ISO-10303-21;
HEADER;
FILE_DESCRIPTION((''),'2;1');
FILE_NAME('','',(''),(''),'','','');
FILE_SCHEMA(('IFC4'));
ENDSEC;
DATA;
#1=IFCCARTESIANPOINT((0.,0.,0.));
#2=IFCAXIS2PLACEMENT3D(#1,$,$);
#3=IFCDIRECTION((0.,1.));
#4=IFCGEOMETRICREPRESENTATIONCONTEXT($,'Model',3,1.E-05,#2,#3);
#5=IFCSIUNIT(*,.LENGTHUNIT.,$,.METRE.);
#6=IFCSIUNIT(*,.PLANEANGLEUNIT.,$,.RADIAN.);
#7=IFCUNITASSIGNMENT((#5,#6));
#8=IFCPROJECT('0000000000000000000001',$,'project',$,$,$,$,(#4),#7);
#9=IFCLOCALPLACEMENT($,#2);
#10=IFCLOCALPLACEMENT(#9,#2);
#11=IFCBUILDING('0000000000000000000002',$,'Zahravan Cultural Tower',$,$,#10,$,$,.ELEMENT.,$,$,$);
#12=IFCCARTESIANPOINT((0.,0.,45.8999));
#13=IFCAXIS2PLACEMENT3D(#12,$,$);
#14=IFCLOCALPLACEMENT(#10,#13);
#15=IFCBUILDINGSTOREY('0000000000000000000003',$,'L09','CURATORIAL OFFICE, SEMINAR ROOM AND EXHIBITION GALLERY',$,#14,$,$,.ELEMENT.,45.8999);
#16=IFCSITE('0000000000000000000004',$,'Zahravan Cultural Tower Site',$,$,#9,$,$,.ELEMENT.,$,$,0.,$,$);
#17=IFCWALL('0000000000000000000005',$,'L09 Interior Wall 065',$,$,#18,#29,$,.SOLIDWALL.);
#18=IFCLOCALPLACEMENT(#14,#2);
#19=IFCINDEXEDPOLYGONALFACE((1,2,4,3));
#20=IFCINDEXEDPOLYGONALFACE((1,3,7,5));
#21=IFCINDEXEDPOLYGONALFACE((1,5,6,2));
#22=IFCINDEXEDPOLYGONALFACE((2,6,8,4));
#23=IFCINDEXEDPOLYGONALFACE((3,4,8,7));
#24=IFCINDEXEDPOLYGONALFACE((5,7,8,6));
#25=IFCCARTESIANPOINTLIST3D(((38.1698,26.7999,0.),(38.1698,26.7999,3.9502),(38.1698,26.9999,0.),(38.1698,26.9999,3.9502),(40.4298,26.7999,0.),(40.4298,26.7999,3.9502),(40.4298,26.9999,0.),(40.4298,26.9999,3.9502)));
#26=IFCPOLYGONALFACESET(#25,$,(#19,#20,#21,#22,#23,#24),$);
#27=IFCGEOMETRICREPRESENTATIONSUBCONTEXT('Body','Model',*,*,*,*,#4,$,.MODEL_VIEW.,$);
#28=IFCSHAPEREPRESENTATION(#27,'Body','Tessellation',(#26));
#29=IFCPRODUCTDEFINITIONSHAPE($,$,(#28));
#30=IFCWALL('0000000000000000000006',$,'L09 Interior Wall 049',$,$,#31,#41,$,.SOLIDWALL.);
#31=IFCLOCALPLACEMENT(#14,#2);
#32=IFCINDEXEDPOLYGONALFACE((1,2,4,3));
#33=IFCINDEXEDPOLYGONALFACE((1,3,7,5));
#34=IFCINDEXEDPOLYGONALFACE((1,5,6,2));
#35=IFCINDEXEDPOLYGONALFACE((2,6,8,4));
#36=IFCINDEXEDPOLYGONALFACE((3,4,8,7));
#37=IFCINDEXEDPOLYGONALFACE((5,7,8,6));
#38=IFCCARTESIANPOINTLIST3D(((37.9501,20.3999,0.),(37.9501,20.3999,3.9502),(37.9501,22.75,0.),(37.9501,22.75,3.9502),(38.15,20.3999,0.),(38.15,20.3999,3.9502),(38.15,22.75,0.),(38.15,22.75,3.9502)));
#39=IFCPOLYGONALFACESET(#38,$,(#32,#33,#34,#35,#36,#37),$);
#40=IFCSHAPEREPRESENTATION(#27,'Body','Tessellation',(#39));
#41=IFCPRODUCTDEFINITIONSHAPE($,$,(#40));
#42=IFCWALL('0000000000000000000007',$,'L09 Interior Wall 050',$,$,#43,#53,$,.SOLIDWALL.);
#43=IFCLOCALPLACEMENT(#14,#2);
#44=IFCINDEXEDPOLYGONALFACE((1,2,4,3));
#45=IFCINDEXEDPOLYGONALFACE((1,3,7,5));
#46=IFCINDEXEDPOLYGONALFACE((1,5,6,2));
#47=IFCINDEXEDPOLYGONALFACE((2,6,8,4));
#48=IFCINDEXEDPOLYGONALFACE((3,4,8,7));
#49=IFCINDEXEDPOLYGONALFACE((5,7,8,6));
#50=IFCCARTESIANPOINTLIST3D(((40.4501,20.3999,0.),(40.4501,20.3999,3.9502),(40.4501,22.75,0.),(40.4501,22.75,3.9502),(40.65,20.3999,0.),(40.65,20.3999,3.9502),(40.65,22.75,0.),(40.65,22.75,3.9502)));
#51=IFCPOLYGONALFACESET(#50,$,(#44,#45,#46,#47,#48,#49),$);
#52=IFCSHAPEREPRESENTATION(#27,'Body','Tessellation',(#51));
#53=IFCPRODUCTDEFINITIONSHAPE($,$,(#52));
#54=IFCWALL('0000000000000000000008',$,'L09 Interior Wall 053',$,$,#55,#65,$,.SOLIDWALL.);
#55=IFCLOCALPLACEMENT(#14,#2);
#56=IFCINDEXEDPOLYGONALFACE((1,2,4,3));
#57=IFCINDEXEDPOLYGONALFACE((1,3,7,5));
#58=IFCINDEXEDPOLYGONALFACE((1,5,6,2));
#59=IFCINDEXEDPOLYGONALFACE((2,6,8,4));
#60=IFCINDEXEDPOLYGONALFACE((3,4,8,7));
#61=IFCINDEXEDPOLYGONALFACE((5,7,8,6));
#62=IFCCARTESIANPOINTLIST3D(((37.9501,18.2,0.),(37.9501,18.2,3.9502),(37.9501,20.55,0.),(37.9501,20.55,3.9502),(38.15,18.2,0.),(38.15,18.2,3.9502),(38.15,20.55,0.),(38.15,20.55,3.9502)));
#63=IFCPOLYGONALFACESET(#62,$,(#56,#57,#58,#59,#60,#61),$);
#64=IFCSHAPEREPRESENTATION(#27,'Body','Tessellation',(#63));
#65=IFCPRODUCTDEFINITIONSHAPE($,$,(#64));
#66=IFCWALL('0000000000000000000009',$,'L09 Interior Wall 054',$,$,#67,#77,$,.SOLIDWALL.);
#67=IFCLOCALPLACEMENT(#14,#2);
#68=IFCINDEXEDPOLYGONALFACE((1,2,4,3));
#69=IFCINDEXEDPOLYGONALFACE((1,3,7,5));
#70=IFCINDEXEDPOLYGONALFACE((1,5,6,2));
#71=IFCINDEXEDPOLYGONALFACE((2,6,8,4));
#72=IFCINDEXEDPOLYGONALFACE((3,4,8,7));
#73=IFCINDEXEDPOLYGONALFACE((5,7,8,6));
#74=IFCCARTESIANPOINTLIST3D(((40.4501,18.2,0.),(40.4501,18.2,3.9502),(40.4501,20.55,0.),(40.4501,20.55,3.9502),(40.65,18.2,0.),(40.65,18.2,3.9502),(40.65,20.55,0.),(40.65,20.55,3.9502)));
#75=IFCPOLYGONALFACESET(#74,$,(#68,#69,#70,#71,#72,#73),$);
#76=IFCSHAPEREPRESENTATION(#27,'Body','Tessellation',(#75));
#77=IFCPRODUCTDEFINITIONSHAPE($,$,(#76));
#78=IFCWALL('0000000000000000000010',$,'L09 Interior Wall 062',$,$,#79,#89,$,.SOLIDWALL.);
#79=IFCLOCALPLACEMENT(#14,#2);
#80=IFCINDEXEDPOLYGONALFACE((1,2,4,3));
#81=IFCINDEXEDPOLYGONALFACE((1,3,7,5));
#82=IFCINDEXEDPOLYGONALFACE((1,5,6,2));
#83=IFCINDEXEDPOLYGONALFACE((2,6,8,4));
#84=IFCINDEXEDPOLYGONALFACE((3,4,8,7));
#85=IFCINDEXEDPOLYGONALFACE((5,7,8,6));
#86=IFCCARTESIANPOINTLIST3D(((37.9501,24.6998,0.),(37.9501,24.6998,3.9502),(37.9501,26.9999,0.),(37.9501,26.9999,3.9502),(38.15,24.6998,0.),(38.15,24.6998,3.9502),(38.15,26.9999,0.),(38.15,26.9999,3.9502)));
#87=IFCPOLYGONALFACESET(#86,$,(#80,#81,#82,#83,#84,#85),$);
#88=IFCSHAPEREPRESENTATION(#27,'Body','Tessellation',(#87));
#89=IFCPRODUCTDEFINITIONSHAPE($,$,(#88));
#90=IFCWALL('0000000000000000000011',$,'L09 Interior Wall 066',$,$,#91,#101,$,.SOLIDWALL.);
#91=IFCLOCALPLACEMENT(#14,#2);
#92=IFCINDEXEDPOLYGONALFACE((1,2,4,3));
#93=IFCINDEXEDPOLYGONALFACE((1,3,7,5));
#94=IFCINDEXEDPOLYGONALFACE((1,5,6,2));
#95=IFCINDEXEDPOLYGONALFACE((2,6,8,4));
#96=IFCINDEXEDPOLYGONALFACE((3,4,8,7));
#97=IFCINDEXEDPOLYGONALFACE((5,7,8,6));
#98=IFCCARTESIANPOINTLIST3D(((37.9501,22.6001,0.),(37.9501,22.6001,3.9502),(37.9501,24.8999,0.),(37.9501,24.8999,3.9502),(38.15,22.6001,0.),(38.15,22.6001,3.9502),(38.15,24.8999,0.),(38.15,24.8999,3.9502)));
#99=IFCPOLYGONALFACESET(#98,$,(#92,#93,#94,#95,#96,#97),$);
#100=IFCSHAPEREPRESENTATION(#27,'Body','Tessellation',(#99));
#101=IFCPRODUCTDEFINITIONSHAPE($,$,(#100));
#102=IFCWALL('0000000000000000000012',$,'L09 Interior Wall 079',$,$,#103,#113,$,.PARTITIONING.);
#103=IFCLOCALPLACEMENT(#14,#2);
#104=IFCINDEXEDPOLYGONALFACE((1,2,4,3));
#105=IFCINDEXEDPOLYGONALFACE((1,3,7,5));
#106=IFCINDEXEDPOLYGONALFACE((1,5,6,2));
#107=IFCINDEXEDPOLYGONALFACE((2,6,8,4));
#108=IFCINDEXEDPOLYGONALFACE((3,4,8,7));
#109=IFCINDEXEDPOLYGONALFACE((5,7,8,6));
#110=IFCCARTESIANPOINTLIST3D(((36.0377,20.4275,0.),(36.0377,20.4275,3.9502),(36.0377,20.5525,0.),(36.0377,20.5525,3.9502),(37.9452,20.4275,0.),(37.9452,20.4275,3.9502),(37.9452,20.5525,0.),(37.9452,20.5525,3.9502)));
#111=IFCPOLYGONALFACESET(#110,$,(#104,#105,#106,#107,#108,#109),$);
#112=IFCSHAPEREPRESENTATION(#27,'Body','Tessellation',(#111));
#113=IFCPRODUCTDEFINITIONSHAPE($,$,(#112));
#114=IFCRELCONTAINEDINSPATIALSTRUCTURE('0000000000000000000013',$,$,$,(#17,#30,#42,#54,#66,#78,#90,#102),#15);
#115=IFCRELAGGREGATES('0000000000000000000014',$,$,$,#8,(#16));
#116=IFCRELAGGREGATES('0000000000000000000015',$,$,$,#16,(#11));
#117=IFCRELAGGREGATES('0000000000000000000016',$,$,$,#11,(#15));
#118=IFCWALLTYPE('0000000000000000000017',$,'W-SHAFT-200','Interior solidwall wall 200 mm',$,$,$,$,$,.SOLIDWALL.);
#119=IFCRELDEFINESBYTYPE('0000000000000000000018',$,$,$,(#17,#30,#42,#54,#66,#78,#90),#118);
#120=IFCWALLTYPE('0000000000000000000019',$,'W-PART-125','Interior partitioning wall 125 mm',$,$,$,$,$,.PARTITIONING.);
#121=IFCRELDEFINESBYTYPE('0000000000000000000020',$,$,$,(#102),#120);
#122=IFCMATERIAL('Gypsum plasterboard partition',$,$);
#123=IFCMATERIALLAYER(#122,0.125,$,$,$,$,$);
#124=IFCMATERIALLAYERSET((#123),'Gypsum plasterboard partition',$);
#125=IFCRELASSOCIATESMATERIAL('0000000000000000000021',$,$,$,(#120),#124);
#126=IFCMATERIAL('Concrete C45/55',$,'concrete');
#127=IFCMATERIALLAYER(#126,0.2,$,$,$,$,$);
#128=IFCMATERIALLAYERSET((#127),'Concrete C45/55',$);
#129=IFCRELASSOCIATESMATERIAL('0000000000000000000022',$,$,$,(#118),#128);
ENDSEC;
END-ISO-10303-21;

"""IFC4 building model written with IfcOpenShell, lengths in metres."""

from ifc_helpers import new_model, si_unit, direction, frame, frame_2d, origin, place, context, subcontext, project, spatial, rectangle, extrude, source, transform, mapped, material, layer, layer_set, type_object, element, save


model = new_model("IFC4")

# Units and contexts
model_context = context("Model", 3, precision=1e-05, world=origin(), true_north=direction((0.0, 1.0)))
body_context = subcontext(model_context, "Body", "Model", "MODEL_VIEW")
ifc_project = project(units=[si_unit("LENGTHUNIT", "METRE"), si_unit("PLANEANGLEUNIT", "RADIAN")], contexts=[model_context])

# Site, building, storey
site_placement = place(None, origin())
site = spatial("IfcSite", under=ifc_project, at=site_placement, Name="Zahravan Cultural Tower Site", CompositionType="ELEMENT", RefElevation=0.0)
building_placement = place(site_placement, origin())
building = spatial("IfcBuilding", under=site, at=building_placement, Name="Zahravan Cultural Tower", CompositionType="ELEMENT")
storey_placement = place(building_placement, frame((0.0, 0.0, 45.8999)))
storey = spatial("IfcBuildingStorey", under=building, at=storey_placement, Name="L09", Description="CURATORIAL OFFICE, SEMINAR ROOM AND EXHIBITION GALLERY", CompositionType="ELEMENT", Elevation=45.8999)

# Shared definitions
ifc_material_1 = material(Name="Gypsum plasterboard partition")
ifc_layer_1 = layer(ifc_material_1, 0.125)
ifc_layer_set_1 = layer_set([ifc_layer_1], Name="Gypsum plasterboard partition")
wall_type_1 = type_object("IfcWallType", Name="W-PART-125", Description="Interior partitioning wall 125 mm", PredefinedType="PARTITIONING", material=ifc_layer_set_1)
ifc_material_2 = material(Name="Concrete C45/55", Category="concrete")
ifc_layer_2 = layer(ifc_material_2, 0.2)
ifc_layer_set_2 = layer_set([ifc_layer_2], Name="Concrete C45/55")
wall_type_2 = type_object("IfcWallType", Name="W-SHAFT-200", Description="Interior solidwall wall 200 mm", PredefinedType="SOLIDWALL", material=ifc_layer_set_2)

# Walls
shared_shape_1 = source(origin(), body_context, "Body", "SweptSolid", [
    extrude(rectangle(XDim=2.26, YDim=0.2, at=frame_2d((1.1299, 0.0))), origin(), (0.0, 0.0, 1.0), 3.9502),
])
for number, where, z_axis, x_axis, name in (
    (1, (38.1699, 26.8999, 0.0), (0.0, 0.0, 1.0), (1.0, 0.0, 0.0), "L09 Interior Wall 065"),
):
    element("IfcWall", number, at=place(storey_placement, frame(where, z_axis=z_axis, x_axis=x_axis)), inside=storey, type_object=wall_type_2, Name=name, PredefinedType="SOLIDWALL", context=body_context, shape_type="MappedRepresentation", body=[
        mapped(shared_shape_1, transform((0.0, 0.0, 0.0), x_axis=(1.0, 0.0, 0.0), y_axis=(0.0, 1.0, 0.0), z_axis=(0.0, 0.0, 1.0), scale=1.0)),
    ])
shared_shape_2 = source(origin(), body_context, "Body", "SweptSolid", [
    extrude(rectangle(XDim=2.3501, YDim=0.2, at=frame_2d((1.175, 0.0))), origin(), (0.0, 0.0, 1.0), 3.9502),
])
for number, where, z_axis, x_axis, name in (
    (2, (38.05, 20.3999, 0.0), (0.0, 0.0, 1.0), (0.0, 1.0, 0.0), "L09 Interior Wall 049"),
    (3, (40.55, 20.3999, 0.0), (0.0, 0.0, 1.0), (0.0, 1.0, 0.0), "L09 Interior Wall 050"),
    (4, (38.05, 18.2, 0.0), (0.0, 0.0, 1.0), (0.0, 1.0, 0.0), "L09 Interior Wall 053"),
    (5, (40.55, 18.2, 0.0), (0.0, 0.0, 1.0), (0.0, 1.0, 0.0), "L09 Interior Wall 054"),
):
    element("IfcWall", number, at=place(storey_placement, frame(where, z_axis=z_axis, x_axis=x_axis)), inside=storey, type_object=wall_type_2, Name=name, PredefinedType="SOLIDWALL", context=body_context, shape_type="MappedRepresentation", body=[
        mapped(shared_shape_2, transform((0.0, 0.0, 0.0), x_axis=(1.0, 0.0, 0.0), y_axis=(0.0, 1.0, 0.0), z_axis=(0.0, 0.0, 1.0), scale=1.0)),
    ])
shared_shape_3 = source(origin(), body_context, "Body", "SweptSolid", [
    extrude(rectangle(XDim=2.3, YDim=0.2, at=frame_2d((1.1499, 0.0))), origin(), (0.0, 0.0, 1.0), 3.9502),
])
wall_1_placement = place(storey_placement, frame((38.05, 24.7, 0.0), z_axis=(0.0, 0.0, 1.0), x_axis=(0.0, 1.0, 0.0)))
element("IfcWall", 6, at=wall_1_placement, inside=storey, type_object=wall_type_2, Name="L09 Interior Wall 062", PredefinedType="SOLIDWALL", context=body_context, shape_type="MappedRepresentation", body=[
    mapped(shared_shape_3, transform((0.0, 0.0, 0.0), x_axis=(1.0, 0.0, 0.0), y_axis=(0.0, 1.0, 0.0), z_axis=(0.0, 0.0, 1.0), scale=1.0)),
])
shared_shape_4 = source(origin(), body_context, "Body", "SweptSolid", [
    extrude(rectangle(XDim=2.2998, YDim=0.2, at=frame_2d((1.1499, 0.0))), origin(), (0.0, 0.0, 1.0), 3.9502),
])
wall_2_placement = place(storey_placement, frame((38.05, 22.6001, 0.0), z_axis=(0.0, 0.0, 1.0), x_axis=(0.0, 1.0, 0.0)))
element("IfcWall", 7, at=wall_2_placement, inside=storey, type_object=wall_type_2, Name="L09 Interior Wall 066", PredefinedType="SOLIDWALL", context=body_context, shape_type="MappedRepresentation", body=[
    mapped(shared_shape_4, transform((0.0, 0.0, 0.0), x_axis=(1.0, 0.0, 0.0), y_axis=(0.0, 1.0, 0.0), z_axis=(0.0, 0.0, 1.0), scale=1.0)),
])
shared_shape_5 = source(origin(), body_context, "Body", "SweptSolid", [
    extrude(rectangle(XDim=1.9075, YDim=0.125, at=frame_2d((0.9536, 0.0))), origin(), (0.0, 0.0, 1.0), 3.9502),
])
wall_3_placement = place(storey_placement, frame((37.9451, 20.49, 0.0), z_axis=(0.0, 0.0, 1.0), x_axis=(-1.0, 0.0, 0.0)))
element("IfcWall", 8, at=wall_3_placement, inside=storey, type_object=wall_type_1, Name="L09 Interior Wall 079", PredefinedType="PARTITIONING", context=body_context, shape_type="MappedRepresentation", body=[
    mapped(shared_shape_5, transform((0.0, 0.0, 0.0), x_axis=(1.0, 0.0, 0.0), y_axis=(0.0, 1.0, 0.0), z_axis=(0.0, 0.0, 1.0), scale=1.0)),
])

save(model, "model.ifc")
